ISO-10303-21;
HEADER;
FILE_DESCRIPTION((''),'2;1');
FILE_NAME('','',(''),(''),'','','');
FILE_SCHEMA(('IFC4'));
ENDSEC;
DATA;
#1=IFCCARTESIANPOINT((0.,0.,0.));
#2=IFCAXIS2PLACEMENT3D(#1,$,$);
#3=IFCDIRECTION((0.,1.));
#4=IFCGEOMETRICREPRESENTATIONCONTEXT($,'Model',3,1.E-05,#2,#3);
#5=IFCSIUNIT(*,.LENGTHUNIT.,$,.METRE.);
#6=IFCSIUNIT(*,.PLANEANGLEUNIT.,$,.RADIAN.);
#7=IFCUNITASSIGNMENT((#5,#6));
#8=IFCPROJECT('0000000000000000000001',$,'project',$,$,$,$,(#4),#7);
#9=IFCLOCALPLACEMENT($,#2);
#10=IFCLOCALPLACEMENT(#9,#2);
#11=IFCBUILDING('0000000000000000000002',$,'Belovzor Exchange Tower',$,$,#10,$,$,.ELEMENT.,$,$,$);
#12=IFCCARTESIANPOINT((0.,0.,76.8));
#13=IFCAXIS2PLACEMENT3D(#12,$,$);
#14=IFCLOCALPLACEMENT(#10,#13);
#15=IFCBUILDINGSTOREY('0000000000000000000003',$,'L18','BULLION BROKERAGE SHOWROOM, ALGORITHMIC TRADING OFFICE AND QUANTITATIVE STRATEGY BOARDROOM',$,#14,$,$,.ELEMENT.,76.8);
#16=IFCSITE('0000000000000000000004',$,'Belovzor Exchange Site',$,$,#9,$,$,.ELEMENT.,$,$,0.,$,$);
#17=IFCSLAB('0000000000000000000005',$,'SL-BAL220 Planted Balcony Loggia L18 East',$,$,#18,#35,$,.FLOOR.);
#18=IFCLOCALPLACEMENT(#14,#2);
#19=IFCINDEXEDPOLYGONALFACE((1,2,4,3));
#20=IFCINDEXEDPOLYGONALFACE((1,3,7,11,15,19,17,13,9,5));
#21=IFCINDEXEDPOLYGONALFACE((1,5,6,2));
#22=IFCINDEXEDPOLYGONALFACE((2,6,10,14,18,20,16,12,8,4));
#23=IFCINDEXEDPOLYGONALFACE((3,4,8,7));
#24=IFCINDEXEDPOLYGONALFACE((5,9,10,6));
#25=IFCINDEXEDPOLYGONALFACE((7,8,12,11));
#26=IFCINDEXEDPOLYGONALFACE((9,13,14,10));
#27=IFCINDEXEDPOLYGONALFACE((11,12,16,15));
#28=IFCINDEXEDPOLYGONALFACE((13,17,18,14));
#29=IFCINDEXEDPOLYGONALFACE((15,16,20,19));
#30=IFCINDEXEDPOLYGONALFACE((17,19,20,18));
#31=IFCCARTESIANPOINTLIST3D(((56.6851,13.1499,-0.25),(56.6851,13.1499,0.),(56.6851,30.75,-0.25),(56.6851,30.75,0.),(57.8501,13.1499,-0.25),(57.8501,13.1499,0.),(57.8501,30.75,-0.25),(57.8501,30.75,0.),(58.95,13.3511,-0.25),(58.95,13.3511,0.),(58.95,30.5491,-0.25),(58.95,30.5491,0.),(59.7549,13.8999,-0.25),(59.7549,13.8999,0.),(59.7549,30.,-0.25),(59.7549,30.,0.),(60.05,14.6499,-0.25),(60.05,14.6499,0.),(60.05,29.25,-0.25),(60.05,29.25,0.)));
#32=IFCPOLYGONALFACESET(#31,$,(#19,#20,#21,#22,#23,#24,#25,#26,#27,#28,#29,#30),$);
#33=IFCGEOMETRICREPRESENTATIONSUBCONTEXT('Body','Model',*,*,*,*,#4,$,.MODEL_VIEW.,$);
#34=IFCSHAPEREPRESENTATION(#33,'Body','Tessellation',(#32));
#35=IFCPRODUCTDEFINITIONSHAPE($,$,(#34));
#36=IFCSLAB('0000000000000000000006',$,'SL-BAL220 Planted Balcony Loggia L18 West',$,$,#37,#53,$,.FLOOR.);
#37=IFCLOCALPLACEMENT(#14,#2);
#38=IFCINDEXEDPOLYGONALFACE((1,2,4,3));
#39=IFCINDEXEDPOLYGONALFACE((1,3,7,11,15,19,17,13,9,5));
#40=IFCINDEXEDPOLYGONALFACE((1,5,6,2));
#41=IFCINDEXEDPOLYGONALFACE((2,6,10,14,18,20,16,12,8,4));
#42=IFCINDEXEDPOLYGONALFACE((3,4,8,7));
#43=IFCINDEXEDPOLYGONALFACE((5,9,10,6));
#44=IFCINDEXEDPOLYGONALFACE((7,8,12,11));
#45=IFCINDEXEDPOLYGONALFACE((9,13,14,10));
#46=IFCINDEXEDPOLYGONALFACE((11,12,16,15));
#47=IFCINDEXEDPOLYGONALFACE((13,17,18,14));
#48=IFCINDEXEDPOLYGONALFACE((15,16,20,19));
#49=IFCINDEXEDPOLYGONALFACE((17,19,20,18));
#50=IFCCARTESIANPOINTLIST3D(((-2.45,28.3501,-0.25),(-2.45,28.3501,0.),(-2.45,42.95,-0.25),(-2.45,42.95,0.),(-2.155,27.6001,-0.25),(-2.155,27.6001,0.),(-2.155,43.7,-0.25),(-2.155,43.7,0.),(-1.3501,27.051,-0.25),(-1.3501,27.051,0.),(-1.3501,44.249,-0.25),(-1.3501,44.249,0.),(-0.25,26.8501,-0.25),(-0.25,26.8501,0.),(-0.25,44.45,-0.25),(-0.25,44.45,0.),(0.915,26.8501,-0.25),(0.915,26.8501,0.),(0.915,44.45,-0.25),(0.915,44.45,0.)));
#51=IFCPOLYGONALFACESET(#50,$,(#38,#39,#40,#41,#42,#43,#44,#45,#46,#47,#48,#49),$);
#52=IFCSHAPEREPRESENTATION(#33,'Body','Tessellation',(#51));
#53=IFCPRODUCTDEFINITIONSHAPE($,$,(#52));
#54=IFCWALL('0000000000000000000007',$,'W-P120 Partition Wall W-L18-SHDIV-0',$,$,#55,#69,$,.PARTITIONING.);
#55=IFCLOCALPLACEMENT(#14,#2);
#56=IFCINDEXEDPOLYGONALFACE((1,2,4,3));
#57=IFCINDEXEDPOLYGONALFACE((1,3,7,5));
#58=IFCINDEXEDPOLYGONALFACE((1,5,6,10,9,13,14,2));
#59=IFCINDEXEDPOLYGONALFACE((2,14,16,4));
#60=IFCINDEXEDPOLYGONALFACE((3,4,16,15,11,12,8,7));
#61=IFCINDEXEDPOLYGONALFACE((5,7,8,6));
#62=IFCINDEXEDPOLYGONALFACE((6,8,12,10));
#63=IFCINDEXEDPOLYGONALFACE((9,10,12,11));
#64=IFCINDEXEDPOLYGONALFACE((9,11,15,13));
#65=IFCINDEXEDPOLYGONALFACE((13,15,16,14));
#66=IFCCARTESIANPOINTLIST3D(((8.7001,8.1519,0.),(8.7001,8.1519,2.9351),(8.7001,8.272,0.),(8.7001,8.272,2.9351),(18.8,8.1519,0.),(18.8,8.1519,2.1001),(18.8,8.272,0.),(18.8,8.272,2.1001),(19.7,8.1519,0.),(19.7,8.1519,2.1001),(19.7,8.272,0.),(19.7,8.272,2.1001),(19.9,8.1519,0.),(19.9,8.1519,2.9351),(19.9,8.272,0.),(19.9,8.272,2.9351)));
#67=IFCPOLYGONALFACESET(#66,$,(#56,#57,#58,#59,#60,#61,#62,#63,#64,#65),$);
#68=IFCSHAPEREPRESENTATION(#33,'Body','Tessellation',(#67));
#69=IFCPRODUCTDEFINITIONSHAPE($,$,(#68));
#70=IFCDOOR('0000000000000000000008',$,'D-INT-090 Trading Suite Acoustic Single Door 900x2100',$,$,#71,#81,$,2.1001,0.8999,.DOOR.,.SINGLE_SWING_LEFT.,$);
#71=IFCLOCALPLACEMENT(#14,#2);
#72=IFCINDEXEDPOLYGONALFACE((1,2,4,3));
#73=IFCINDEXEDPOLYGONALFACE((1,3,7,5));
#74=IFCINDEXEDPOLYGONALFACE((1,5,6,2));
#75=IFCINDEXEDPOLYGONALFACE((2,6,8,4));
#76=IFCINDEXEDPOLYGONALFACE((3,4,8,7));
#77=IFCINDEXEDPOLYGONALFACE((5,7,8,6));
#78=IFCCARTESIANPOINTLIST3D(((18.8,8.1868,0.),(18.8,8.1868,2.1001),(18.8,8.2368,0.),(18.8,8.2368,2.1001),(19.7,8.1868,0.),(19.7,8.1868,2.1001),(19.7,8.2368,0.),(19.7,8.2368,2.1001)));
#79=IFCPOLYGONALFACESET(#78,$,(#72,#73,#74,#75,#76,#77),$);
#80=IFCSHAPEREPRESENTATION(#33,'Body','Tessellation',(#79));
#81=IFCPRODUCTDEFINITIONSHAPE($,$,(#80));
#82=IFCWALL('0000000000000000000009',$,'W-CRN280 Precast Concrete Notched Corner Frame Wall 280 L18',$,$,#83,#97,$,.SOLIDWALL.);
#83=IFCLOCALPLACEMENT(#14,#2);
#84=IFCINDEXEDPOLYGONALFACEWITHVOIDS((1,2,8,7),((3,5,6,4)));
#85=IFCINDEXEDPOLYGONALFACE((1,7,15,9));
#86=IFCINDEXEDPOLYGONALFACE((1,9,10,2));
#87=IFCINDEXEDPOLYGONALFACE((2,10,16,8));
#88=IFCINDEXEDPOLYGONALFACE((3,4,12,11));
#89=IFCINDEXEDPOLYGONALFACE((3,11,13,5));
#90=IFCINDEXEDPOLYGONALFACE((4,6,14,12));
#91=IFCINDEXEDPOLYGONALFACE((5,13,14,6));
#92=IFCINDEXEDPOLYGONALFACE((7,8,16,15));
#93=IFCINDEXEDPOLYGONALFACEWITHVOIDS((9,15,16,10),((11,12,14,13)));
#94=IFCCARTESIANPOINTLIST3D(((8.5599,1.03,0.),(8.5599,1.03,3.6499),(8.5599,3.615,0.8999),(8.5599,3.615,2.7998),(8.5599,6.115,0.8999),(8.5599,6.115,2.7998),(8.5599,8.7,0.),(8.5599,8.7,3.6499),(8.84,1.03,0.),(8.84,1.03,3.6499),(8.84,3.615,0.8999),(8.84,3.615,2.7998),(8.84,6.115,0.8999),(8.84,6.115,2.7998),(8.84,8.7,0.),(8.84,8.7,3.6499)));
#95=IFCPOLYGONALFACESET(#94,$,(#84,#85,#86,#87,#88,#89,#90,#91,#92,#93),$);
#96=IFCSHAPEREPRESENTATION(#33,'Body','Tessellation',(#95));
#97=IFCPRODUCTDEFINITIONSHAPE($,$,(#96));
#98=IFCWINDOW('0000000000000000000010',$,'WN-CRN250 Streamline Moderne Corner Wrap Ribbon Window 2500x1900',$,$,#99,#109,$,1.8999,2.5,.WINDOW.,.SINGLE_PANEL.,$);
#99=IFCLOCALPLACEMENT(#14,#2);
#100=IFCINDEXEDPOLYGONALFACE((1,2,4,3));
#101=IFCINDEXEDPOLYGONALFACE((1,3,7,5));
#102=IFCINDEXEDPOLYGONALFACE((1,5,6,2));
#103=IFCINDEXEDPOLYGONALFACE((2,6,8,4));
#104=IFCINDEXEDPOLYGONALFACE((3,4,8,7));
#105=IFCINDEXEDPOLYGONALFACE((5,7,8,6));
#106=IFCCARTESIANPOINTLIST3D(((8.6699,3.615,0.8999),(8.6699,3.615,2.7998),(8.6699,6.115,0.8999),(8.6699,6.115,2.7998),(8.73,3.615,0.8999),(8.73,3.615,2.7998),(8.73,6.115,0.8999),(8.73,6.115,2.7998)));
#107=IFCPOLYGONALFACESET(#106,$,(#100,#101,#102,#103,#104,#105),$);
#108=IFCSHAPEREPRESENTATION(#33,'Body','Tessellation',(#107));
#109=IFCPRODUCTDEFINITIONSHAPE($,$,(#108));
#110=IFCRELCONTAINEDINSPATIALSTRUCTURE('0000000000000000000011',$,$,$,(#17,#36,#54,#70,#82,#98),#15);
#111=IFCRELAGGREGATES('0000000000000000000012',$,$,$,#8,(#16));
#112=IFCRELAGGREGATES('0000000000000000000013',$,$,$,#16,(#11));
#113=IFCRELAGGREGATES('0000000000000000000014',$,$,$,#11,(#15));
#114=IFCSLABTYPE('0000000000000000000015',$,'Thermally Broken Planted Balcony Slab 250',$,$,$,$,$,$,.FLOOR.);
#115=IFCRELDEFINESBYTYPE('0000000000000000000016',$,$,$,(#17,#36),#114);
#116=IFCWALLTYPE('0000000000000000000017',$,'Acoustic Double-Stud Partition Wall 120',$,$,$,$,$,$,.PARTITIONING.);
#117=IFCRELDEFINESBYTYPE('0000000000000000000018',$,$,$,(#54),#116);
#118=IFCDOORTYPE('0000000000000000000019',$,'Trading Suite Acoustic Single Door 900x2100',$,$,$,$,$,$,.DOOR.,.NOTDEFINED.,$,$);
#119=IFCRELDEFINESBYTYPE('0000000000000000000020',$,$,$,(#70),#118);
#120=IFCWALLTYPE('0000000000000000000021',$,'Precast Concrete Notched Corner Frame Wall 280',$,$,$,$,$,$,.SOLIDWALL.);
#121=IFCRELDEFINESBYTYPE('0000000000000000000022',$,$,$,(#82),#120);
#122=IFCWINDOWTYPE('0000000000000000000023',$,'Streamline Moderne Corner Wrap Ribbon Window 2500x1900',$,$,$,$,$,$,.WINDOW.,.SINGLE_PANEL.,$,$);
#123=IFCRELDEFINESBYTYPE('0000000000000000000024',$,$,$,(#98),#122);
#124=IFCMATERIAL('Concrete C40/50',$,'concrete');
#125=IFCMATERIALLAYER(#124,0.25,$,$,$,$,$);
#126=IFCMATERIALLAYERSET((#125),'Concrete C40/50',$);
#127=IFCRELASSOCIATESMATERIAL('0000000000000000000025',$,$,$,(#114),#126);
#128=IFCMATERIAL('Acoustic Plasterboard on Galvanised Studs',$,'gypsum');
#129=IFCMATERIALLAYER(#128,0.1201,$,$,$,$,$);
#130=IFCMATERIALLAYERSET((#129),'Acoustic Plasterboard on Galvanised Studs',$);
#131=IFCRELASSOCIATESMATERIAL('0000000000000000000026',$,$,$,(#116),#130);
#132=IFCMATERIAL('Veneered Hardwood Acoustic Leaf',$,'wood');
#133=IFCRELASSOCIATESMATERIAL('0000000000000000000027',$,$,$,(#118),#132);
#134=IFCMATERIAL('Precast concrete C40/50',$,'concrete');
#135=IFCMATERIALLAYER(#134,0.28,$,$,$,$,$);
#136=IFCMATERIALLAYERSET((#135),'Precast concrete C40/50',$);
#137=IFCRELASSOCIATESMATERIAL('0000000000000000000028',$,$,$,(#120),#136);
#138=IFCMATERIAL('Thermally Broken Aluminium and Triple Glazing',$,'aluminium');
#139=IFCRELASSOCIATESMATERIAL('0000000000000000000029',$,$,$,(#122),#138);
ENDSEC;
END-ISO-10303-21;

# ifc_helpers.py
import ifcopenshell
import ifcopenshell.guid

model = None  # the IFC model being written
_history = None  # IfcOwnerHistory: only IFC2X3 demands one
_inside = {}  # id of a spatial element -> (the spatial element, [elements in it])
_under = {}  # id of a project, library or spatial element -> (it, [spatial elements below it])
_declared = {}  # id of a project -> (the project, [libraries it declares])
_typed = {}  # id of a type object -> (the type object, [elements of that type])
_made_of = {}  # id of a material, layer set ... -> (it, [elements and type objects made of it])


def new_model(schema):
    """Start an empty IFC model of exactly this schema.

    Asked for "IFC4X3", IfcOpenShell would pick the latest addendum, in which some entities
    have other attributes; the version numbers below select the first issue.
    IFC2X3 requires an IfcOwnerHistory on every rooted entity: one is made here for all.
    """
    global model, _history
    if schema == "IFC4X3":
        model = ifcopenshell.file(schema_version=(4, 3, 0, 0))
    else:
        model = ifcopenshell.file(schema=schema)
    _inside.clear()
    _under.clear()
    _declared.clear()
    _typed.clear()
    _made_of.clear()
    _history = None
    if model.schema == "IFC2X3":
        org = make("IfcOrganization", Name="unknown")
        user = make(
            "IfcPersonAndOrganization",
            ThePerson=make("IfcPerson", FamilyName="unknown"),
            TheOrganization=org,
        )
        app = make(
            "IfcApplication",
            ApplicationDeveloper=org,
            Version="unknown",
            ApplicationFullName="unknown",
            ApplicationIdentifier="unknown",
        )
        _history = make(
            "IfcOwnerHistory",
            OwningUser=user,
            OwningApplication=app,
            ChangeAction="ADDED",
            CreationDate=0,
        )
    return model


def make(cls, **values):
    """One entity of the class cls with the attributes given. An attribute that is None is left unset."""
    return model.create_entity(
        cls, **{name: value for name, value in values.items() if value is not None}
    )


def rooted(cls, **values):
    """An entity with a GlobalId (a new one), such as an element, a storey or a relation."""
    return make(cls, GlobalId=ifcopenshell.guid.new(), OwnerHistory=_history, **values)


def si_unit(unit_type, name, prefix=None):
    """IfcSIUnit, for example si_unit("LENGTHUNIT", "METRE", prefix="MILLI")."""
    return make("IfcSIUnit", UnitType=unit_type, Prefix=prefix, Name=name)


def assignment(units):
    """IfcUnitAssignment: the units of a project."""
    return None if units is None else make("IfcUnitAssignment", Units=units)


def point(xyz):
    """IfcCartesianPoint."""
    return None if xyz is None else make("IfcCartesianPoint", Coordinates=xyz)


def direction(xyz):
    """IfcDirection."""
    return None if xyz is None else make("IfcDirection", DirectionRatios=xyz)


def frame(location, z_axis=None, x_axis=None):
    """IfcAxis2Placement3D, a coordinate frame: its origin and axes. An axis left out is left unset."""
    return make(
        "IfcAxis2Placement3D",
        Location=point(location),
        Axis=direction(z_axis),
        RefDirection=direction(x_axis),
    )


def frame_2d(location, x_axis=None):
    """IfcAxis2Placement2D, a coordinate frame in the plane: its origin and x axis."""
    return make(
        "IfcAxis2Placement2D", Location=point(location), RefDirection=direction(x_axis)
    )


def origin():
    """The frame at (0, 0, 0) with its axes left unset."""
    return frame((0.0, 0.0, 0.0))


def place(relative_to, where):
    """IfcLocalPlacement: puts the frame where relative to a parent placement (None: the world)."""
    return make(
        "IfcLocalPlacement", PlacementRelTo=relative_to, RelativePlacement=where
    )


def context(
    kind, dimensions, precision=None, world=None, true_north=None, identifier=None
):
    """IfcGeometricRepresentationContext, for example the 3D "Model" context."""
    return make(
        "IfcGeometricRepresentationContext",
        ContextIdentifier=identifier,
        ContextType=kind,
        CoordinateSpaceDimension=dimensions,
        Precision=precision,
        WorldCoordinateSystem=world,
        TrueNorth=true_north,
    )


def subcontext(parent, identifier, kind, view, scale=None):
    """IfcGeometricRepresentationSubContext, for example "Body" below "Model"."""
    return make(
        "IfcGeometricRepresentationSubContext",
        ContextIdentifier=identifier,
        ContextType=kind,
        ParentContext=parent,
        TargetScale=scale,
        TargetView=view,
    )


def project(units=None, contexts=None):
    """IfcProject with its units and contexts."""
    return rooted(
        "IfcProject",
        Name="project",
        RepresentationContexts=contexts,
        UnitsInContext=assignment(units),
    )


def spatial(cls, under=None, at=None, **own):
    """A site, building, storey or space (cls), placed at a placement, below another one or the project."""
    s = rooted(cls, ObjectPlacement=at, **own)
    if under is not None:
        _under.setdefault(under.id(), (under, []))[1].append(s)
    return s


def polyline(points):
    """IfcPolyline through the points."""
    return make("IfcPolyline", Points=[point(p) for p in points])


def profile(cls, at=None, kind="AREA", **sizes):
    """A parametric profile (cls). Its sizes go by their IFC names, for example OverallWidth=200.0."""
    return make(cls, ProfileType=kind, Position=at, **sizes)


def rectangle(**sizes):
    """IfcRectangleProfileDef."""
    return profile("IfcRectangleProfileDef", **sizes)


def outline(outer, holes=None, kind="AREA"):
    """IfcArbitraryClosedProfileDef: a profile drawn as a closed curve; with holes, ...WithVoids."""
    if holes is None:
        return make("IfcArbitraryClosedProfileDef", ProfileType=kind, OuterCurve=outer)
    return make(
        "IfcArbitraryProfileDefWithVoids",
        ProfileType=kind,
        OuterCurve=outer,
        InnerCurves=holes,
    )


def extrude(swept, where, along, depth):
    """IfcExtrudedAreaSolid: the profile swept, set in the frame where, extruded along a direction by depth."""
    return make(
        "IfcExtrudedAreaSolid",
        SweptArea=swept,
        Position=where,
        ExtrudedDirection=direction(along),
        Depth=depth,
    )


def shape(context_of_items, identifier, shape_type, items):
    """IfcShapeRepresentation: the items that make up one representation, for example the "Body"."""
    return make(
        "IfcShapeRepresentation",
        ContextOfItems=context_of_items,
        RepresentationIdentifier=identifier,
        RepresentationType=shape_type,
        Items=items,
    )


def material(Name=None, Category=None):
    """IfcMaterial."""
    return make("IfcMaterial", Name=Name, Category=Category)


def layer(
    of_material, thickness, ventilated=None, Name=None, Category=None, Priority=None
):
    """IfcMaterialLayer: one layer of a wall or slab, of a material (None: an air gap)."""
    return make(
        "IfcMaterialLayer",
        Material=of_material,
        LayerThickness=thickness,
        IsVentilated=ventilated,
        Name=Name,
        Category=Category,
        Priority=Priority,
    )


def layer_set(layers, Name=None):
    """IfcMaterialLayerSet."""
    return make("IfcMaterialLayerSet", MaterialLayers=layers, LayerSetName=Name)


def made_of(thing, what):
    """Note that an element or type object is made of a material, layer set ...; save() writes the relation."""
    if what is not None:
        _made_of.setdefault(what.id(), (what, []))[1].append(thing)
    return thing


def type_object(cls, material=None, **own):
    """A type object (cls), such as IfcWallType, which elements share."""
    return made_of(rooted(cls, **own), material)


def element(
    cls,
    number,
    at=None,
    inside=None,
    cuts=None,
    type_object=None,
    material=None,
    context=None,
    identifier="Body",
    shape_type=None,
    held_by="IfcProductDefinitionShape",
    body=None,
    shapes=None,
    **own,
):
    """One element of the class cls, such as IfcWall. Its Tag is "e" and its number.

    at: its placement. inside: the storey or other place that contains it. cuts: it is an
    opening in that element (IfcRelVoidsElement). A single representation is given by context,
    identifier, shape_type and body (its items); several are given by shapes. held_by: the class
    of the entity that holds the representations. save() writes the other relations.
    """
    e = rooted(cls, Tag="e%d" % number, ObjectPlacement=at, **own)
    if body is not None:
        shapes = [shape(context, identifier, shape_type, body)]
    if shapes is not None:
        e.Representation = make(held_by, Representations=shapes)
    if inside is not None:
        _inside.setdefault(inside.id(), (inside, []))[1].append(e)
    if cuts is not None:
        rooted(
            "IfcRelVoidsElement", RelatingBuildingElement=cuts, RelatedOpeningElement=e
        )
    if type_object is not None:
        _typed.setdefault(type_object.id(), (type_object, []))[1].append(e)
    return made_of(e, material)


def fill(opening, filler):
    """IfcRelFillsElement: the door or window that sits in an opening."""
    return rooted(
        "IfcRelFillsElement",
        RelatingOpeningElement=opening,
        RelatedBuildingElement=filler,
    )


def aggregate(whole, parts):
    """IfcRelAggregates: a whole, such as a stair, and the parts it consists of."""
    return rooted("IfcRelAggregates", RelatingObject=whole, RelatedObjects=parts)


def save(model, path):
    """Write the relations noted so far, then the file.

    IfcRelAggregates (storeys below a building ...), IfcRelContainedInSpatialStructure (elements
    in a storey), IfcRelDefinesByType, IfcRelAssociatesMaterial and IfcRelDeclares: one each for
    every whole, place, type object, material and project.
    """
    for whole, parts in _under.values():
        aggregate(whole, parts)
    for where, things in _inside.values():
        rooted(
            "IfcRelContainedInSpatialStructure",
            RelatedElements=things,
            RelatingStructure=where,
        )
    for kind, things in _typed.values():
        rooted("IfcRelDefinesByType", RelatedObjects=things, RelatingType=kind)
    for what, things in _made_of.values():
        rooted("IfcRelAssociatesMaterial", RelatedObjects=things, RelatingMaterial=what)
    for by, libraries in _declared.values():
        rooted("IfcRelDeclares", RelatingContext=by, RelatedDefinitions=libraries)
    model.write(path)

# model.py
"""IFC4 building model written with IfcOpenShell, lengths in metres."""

from ifc_helpers import new_model, si_unit, direction, frame, frame_2d, origin, place, context, subcontext, project, spatial, polyline, rectangle, outline, extrude, material, layer, layer_set, type_object, element, fill, save


model = new_model("IFC4")

# Units and contexts
model_context = context("Model", 3, precision=1e-05, world=origin(), true_north=direction((0.0, 1.0)))
body_context = subcontext(model_context, "Body", "Model", "MODEL_VIEW")
ifc_project = project(units=[si_unit("LENGTHUNIT", "METRE"), si_unit("PLANEANGLEUNIT", "RADIAN")], contexts=[model_context])

# Site, building, storey
site_placement = place(None, origin())
site = spatial("IfcSite", under=ifc_project, at=site_placement, Name="Belovzor Exchange Site", CompositionType="ELEMENT", RefElevation=0.0)
building_placement = place(site_placement, origin())
building = spatial("IfcBuilding", under=site, at=building_placement, Name="Belovzor Exchange Tower", CompositionType="ELEMENT")
storey_placement = place(building_placement, frame((0.0, 0.0, 76.8)))
storey = spatial("IfcBuildingStorey", under=building, at=storey_placement, Name="L18", Description="BULLION BROKERAGE SHOWROOM, ALGORITHMIC TRADING OFFICE AND QUANTITATIVE STRATEGY BOARDROOM", CompositionType="ELEMENT", Elevation=76.8)

# Slabs
ifc_material_1 = material(Name="Concrete C40/50", Category="concrete")
ifc_layer_1 = layer(ifc_material_1, 0.25)
ifc_layer_set_1 = layer_set([ifc_layer_1], Name="Concrete C40/50")
slab_type_1 = type_object("IfcSlabType", Name="Thermally Broken Planted Balcony Slab 250", PredefinedType="FLOOR", material=ifc_layer_set_1)
slab_1_placement = place(storey_placement, frame((0.0, 0.0, -0.25)))
element("IfcSlab", 1, at=slab_1_placement, inside=storey, type_object=slab_type_1, Name="SL-BAL220 Planted Balcony Loggia L18 East", PredefinedType="FLOOR", context=body_context, shape_type="SweptSolid", body=[
    extrude(outline(polyline([(56.6851, 13.1499), (57.8501, 13.1499), (58.95, 13.3511), (59.7549, 13.8999), (60.05, 14.6499), (60.05, 29.25), (59.7549, 30.0), (58.95, 30.5491), (57.8501, 30.75), (56.6851, 30.75), (56.6851, 13.1499)])), origin(), (0.0, 0.0, 1.0), 0.25),
])
slab_2_placement = place(storey_placement, frame((0.0, 0.0, -0.25)))
element("IfcSlab", 2, at=slab_2_placement, inside=storey, type_object=slab_type_1, Name="SL-BAL220 Planted Balcony Loggia L18 West", PredefinedType="FLOOR", context=body_context, shape_type="SweptSolid", body=[
    extrude(outline(polyline([(0.915, 44.45), (-0.25, 44.45), (-1.3501, 44.249), (-2.155, 43.7), (-2.45, 42.95), (-2.45, 28.3501), (-2.155, 27.6001), (-1.3501, 27.051), (-0.25, 26.8501), (0.915, 26.8501), (0.915, 44.45)])), origin(), (0.0, 0.0, 1.0), 0.25),
])

# Wall, opening, door
ifc_material_2 = material(Name="Acoustic Plasterboard on Galvanised Studs", Category="gypsum")
ifc_layer_2 = layer(ifc_material_2, 0.1201)
ifc_layer_set_2 = layer_set([ifc_layer_2], Name="Acoustic Plasterboard on Galvanised Studs")
wall_type_1 = type_object("IfcWallType", Name="Acoustic Double-Stud Partition Wall 120", PredefinedType="PARTITIONING", material=ifc_layer_set_2)
wall_1_placement = place(storey_placement, frame((8.7, 8.2119, 0.0), z_axis=(0.0, 0.0, 1.0), x_axis=(1.0, 0.0, 0.0)))
wall_1 = element("IfcWall", 3, at=wall_1_placement, inside=storey, type_object=wall_type_1, Name="W-P120 Partition Wall W-L18-SHDIV-0", PredefinedType="PARTITIONING", context=body_context, shape_type="SweptSolid", body=[
    extrude(rectangle(XDim=11.2, YDim=0.1201, at=frame_2d((5.6001, 0.0))), origin(), (0.0, 0.0, 1.0), 2.9351),
])
opening_1_placement = place(wall_1_placement, frame((10.1001, 0.0, 0.0)))
opening_1 = element("IfcOpeningElement", 4, at=opening_1_placement, cuts=wall_1, PredefinedType="OPENING", context=body_context, shape_type="SweptSolid", body=[
    extrude(rectangle(XDim=0.8999, YDim=2.1001, at=frame_2d((0.45, 1.05))), frame((0.0, 0.0701, 0.0), z_axis=(0.0, -1.0, 0.0), x_axis=(1.0, 0.0, 0.0)), (0.0, 0.0, 1.0), 0.1401),
])
ifc_material_3 = material(Name="Veneered Hardwood Acoustic Leaf", Category="wood")
door_type = type_object("IfcDoorType", Name="Trading Suite Acoustic Single Door 900x2100", OperationType="NOTDEFINED", PredefinedType="DOOR", material=ifc_material_3)
door_placement = place(opening_1_placement, origin())
door = element("IfcDoor", 5, at=door_placement, inside=storey, type_object=door_type, Name="D-INT-090 Trading Suite Acoustic Single Door 900x2100", OperationType="SINGLE_SWING_LEFT", OverallHeight=2.1001, OverallWidth=0.8999, PredefinedType="DOOR", context=body_context, shape_type="SweptSolid", body=[
    extrude(rectangle(XDim=0.8999, YDim=2.1001, at=frame_2d((0.45, 1.05))), frame((0.0, 0.0249, 0.0), z_axis=(0.0, -1.0, 0.0), x_axis=(1.0, 0.0, 0.0)), (0.0, 0.0, 1.0), 0.05),
])
fill(opening_1, door)

# Wall, opening, window
ifc_material_4 = material(Name="Precast concrete C40/50", Category="concrete")
ifc_layer_3 = layer(ifc_material_4, 0.28)
ifc_layer_set_3 = layer_set([ifc_layer_3], Name="Precast concrete C40/50")
wall_type_2 = type_object("IfcWallType", Name="Precast Concrete Notched Corner Frame Wall 280", PredefinedType="SOLIDWALL", material=ifc_layer_set_3)
wall_2_placement = place(storey_placement, frame((8.7, 1.03, 0.0), z_axis=(0.0, 0.0, 1.0), x_axis=(0.0, 1.0, 0.0)))
wall_2 = element("IfcWall", 6, at=wall_2_placement, inside=storey, type_object=wall_type_2, Name="W-CRN280 Precast Concrete Notched Corner Frame Wall 280 L18", PredefinedType="SOLIDWALL", context=body_context, shape_type="SweptSolid", body=[
    extrude(rectangle(XDim=7.6699, YDim=0.28, at=frame_2d((3.835, 0.0))), origin(), (0.0, 0.0, 1.0), 3.6499),
])
opening_2_placement = place(wall_2_placement, frame((2.585, 0.0, 0.8999)))
opening_2 = element("IfcOpeningElement", 7, at=opening_2_placement, cuts=wall_2, PredefinedType="OPENING", context=body_context, shape_type="SweptSolid", body=[
    extrude(rectangle(XDim=2.5, YDim=1.8999, at=frame_2d((1.25, 0.95))), frame((0.0, 0.1499, 0.0), z_axis=(0.0, -1.0, 0.0), x_axis=(1.0, 0.0, 0.0)), (0.0, 0.0, 1.0), 0.3),
])
ifc_material_5 = material(Name="Thermally Broken Aluminium and Triple Glazing", Category="aluminium")
window_type = type_object("IfcWindowType", Name="Streamline Moderne Corner Wrap Ribbon Window 2500x1900", PartitioningType="SINGLE_PANEL", PredefinedType="WINDOW", material=ifc_material_5)
window_placement = place(opening_2_placement, origin())
window = element("IfcWindow", 8, at=window_placement, inside=storey, type_object=window_type, Name="WN-CRN250 Streamline Moderne Corner Wrap Ribbon Window 2500x1900", OverallHeight=1.8999, OverallWidth=2.5, PartitioningType="SINGLE_PANEL", PredefinedType="WINDOW", context=body_context, shape_type="SweptSolid", body=[
    extrude(rectangle(XDim=2.5, YDim=1.8999, at=frame_2d((1.25, 0.95))), frame((0.0, 0.03, 0.0), z_axis=(0.0, -1.0, 0.0), x_axis=(1.0, 0.0, 0.0)), (0.0, 0.0, 1.0), 0.0601),
])
fill(opening_2, window)

save(model, "model.ifc")
